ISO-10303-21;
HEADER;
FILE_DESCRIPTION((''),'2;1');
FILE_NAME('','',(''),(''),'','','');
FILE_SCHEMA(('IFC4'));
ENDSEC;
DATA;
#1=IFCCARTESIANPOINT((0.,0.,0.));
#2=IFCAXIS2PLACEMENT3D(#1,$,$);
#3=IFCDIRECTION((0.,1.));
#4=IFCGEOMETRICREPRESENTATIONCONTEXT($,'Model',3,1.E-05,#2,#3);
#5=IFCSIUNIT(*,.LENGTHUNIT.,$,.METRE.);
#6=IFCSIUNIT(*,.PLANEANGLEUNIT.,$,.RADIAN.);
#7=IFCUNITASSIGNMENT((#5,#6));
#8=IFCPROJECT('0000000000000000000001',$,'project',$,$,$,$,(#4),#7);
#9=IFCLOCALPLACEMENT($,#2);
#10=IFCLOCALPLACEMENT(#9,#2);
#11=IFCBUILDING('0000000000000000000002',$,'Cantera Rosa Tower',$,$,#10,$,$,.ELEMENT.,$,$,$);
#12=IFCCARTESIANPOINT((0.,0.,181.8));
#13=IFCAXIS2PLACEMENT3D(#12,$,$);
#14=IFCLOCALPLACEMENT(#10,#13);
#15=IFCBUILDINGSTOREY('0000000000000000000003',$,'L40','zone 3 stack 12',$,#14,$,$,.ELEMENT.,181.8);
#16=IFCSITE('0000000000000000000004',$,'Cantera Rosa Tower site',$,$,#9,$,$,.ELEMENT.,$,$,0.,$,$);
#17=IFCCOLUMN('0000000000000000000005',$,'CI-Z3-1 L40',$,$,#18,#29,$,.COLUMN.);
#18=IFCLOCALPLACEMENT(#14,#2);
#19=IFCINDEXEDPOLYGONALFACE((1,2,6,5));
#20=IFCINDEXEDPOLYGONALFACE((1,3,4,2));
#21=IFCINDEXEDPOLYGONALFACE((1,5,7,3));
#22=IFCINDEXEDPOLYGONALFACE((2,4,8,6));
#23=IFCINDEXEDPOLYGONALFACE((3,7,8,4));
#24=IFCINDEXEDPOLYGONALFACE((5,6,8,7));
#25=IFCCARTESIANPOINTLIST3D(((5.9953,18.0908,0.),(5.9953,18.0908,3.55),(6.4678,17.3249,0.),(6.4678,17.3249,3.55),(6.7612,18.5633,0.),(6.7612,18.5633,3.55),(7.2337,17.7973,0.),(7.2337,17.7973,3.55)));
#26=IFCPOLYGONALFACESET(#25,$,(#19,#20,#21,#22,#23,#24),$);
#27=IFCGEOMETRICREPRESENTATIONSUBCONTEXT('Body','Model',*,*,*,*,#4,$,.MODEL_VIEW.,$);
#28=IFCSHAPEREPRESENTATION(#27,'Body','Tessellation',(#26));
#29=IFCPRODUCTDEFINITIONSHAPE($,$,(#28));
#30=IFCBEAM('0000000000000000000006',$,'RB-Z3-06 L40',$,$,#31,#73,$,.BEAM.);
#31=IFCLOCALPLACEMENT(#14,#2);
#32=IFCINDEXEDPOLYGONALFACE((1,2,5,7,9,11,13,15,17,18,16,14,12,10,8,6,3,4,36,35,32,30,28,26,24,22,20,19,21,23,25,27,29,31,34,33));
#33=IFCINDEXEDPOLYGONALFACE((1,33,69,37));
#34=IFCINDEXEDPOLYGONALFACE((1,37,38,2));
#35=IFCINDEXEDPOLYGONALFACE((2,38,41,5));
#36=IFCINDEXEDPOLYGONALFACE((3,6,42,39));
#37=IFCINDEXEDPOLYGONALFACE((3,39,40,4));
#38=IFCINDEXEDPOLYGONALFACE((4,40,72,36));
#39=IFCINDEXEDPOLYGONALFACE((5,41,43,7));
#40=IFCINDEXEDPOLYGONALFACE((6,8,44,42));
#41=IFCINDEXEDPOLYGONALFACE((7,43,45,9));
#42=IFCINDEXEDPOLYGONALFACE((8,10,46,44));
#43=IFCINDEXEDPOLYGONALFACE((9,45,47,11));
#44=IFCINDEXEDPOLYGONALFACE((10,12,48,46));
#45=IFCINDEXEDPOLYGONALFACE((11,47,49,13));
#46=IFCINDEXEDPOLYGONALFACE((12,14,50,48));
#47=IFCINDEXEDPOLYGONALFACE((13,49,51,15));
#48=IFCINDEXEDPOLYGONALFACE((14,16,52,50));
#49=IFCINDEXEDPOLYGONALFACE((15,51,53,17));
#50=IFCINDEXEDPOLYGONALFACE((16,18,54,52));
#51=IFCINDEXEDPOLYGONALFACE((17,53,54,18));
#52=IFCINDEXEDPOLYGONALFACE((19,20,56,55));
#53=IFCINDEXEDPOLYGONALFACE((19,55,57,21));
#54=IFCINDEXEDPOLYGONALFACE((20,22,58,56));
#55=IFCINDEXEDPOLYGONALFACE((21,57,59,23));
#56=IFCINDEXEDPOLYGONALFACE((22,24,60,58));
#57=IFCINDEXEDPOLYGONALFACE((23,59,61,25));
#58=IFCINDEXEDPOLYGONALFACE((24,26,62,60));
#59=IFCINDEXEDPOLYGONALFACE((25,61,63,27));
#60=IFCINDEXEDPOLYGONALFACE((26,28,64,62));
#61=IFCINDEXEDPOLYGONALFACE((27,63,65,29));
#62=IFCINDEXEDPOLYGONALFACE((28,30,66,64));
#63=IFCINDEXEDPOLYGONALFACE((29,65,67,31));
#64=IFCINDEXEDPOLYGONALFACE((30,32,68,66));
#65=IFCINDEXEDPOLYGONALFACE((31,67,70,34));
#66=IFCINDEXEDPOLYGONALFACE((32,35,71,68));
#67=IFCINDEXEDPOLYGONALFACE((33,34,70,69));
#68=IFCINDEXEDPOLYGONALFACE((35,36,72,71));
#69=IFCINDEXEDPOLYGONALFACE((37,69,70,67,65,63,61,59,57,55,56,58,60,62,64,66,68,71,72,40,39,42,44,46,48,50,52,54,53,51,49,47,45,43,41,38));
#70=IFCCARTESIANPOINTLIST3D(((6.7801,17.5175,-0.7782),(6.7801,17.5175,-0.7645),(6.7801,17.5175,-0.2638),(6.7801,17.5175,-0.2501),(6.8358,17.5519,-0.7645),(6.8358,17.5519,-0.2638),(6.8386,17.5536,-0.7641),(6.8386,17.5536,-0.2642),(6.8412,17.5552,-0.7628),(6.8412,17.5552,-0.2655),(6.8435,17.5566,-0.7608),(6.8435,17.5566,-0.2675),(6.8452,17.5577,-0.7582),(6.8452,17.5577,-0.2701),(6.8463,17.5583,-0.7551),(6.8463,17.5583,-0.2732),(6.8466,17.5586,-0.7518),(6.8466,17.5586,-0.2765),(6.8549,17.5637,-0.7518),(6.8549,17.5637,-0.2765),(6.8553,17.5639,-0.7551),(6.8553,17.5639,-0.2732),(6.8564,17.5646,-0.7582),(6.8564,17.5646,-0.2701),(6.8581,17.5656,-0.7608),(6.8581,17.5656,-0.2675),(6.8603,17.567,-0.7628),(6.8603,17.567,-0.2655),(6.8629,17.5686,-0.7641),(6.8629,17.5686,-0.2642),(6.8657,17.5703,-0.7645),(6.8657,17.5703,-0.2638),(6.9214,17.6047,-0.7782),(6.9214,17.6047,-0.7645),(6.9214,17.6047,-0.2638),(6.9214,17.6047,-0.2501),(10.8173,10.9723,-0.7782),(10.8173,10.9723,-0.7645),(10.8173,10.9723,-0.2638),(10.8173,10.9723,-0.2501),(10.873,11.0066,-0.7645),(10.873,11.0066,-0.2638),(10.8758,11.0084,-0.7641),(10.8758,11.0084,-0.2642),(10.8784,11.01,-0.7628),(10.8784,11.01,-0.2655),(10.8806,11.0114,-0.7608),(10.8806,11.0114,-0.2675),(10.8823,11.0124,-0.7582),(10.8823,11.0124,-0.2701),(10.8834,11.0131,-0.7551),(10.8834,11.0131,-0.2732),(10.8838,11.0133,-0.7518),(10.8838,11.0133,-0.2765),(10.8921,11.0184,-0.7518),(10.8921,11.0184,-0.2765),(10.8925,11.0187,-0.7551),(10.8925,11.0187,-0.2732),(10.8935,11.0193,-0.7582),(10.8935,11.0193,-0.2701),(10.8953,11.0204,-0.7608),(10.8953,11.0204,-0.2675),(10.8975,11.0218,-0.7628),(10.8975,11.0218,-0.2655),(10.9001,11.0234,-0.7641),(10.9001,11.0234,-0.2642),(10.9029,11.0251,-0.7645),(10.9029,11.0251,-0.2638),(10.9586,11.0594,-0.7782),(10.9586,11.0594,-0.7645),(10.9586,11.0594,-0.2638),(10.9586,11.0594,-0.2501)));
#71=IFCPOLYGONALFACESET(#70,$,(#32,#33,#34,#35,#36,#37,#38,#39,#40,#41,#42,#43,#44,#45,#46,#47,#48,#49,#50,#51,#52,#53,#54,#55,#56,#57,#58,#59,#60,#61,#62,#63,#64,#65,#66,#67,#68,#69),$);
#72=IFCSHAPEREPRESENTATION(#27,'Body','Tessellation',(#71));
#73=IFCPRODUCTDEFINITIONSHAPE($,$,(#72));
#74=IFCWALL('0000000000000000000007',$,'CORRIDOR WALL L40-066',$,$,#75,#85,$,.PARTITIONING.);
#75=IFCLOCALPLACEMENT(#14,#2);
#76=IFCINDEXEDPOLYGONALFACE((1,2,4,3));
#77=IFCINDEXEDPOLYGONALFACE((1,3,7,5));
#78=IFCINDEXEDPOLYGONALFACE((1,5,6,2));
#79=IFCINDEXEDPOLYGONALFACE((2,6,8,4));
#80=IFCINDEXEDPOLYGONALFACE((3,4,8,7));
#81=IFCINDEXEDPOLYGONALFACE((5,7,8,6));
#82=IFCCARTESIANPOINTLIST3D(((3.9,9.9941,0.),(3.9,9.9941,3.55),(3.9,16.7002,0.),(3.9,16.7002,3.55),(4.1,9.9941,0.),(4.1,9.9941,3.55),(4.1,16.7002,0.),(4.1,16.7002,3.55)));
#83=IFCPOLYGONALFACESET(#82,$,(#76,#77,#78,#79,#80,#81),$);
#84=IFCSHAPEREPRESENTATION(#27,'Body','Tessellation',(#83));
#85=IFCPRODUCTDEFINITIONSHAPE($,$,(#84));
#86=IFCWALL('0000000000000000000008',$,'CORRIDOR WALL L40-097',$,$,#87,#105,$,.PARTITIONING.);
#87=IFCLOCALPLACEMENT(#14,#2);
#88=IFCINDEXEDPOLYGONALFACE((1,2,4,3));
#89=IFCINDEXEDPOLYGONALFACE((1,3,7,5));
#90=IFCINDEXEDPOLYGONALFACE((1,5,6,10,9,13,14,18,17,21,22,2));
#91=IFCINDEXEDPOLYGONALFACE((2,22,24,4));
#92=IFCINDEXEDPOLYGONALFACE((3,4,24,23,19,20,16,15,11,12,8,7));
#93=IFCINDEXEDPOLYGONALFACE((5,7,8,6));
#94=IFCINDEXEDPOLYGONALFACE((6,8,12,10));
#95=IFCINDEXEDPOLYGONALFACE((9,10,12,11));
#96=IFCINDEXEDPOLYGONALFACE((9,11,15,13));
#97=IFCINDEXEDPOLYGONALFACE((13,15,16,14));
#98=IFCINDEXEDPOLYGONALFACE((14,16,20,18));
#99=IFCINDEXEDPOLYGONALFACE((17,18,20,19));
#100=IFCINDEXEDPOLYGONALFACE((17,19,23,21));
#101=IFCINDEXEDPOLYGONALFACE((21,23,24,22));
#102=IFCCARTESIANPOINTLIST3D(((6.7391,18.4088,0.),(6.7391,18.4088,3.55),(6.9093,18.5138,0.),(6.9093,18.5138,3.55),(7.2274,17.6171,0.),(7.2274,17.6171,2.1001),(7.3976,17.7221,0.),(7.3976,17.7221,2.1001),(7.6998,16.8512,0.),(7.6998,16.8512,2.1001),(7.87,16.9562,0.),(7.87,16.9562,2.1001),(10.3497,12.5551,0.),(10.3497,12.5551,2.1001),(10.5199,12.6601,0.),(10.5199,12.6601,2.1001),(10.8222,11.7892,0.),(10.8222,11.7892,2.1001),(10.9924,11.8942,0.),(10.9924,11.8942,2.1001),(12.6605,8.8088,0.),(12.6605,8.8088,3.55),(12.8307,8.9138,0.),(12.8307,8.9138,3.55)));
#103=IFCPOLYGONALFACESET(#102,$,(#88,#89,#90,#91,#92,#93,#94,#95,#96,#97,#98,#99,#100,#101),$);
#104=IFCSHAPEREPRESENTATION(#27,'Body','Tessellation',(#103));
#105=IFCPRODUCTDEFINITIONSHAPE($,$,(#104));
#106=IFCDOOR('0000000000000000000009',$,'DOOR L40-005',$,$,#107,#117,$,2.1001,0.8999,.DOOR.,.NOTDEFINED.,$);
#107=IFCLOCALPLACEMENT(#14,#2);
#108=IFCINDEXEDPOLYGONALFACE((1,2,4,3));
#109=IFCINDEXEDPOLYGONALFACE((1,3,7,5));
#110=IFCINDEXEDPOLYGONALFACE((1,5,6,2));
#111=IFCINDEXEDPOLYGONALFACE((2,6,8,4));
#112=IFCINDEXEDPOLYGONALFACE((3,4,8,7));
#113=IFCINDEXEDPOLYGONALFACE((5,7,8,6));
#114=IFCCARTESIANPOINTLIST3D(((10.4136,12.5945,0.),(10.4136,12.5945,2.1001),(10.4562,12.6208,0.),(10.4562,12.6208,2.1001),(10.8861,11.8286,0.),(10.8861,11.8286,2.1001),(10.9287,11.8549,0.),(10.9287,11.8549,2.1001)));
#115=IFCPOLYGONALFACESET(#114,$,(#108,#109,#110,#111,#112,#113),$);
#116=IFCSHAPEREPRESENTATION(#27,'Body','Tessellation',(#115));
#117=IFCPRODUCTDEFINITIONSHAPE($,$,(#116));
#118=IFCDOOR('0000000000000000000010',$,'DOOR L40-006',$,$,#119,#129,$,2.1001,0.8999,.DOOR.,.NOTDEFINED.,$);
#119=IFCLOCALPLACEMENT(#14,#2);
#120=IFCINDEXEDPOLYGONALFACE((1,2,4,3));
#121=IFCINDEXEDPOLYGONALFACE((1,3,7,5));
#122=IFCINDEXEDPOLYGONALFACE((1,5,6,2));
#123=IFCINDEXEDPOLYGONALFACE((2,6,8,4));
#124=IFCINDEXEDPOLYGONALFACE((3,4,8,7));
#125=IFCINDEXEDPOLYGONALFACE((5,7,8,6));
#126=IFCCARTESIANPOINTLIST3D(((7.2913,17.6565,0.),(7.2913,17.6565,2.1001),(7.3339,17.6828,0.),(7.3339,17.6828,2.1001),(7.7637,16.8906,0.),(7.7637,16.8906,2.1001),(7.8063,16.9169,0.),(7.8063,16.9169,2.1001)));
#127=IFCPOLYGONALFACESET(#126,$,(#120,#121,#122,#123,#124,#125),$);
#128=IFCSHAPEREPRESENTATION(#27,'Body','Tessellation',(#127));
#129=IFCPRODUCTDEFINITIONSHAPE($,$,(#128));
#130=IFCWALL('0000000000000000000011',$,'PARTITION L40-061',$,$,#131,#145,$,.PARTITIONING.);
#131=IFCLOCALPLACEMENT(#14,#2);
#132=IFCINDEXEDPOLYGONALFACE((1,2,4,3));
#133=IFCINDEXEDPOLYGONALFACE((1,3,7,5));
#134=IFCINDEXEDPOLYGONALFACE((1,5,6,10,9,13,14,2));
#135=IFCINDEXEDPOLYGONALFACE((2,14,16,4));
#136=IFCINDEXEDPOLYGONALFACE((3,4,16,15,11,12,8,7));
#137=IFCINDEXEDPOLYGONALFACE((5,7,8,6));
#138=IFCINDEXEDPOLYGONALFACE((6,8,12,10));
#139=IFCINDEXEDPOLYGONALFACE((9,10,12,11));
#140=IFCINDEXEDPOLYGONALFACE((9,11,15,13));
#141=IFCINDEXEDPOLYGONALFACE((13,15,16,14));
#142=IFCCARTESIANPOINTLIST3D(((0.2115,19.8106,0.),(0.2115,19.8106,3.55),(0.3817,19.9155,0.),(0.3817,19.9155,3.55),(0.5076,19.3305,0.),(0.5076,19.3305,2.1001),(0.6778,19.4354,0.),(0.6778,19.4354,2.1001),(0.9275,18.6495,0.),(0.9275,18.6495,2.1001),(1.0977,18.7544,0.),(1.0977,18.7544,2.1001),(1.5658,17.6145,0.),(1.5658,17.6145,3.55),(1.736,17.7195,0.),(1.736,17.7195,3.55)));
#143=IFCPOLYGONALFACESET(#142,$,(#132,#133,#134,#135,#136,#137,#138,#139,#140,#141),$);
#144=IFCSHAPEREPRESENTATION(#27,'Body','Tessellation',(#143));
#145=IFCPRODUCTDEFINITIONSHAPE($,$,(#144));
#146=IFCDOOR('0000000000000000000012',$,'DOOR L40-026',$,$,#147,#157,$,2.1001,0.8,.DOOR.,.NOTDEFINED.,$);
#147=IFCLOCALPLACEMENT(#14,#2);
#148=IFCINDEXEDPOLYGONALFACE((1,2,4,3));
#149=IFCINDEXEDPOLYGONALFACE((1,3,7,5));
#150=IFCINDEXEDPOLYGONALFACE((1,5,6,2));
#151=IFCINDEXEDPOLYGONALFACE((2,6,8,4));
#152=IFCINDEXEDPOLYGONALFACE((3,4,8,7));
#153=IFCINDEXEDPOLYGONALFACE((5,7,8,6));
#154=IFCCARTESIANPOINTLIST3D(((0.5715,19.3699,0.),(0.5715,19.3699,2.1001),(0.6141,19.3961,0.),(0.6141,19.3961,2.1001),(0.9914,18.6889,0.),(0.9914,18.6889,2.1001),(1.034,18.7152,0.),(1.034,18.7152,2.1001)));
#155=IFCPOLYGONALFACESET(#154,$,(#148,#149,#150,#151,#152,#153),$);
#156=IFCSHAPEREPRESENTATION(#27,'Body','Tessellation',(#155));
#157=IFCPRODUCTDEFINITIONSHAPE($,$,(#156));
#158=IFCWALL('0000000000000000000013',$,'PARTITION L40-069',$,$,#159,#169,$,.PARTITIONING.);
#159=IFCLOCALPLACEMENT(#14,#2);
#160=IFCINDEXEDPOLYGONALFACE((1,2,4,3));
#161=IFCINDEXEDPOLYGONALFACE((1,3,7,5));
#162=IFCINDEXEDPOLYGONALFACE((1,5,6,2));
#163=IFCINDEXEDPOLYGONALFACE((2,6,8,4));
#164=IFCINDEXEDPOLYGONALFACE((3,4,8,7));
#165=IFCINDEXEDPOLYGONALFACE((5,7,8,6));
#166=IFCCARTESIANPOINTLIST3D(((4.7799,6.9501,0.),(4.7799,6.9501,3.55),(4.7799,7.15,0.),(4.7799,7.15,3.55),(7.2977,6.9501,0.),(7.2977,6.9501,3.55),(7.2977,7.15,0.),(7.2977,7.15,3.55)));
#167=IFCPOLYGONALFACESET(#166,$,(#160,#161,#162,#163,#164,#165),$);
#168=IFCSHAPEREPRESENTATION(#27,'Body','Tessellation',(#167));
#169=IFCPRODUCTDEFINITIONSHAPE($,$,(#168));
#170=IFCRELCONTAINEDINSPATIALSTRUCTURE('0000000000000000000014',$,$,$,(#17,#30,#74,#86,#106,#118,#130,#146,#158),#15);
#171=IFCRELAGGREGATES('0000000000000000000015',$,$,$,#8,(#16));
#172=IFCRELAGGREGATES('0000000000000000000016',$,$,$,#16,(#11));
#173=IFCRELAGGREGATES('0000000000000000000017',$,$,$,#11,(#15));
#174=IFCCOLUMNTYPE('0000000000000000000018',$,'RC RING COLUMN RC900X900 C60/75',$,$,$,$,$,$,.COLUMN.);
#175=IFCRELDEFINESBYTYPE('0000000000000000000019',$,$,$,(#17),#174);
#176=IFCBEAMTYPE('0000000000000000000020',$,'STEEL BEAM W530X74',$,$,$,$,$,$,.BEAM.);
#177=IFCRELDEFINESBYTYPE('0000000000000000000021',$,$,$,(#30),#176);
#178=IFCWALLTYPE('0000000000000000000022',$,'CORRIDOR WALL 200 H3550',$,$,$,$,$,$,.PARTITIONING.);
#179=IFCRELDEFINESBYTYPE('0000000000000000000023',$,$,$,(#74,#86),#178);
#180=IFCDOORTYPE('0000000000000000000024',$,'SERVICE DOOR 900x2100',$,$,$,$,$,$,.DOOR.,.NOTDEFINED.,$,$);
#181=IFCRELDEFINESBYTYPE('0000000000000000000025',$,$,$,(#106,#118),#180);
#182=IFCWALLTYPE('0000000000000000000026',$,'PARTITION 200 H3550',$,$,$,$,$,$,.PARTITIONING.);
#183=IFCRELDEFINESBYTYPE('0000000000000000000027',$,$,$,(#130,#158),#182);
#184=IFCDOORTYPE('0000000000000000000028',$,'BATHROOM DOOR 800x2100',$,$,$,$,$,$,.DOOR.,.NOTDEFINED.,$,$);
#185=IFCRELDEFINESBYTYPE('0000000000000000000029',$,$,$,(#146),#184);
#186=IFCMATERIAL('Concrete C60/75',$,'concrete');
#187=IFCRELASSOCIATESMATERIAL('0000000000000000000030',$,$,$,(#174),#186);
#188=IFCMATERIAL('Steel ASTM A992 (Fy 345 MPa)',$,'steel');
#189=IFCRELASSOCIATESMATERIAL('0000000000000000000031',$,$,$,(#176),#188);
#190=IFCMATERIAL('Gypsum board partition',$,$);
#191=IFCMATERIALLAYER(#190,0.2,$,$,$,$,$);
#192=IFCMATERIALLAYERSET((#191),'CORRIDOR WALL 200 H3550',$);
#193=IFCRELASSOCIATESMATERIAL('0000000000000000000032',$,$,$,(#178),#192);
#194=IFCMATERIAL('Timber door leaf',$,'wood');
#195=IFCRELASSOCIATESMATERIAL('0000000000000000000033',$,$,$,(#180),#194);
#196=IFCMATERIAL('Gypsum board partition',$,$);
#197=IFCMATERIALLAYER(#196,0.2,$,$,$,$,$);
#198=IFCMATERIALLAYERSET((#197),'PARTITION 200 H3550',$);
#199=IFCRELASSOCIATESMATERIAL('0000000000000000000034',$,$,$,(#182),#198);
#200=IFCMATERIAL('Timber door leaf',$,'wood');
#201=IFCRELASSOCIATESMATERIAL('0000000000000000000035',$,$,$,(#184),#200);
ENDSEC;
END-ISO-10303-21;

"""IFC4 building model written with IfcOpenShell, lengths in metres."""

from ifc_helpers import new_model, si_unit, direction, frame, frame_2d, origin, origin_2d, place, context, subcontext, project, spatial, rectangle, i_section, extrude, material, layer, layer_set, material_profile, profile_set, type_object, element, fill, save


model = new_model("IFC4")

# Units and contexts
model_context = context("Model", 3, precision=1e-05, world=origin(), true_north=direction((0.0, 1.0)))
body_context = subcontext(model_context, "Body", "Model", "MODEL_VIEW")
ifc_project = project(units=[si_unit("LENGTHUNIT", "METRE"), si_unit("PLANEANGLEUNIT", "RADIAN")], contexts=[model_context])

# Site, building, storey
site_placement = place(None, origin())
site = spatial("IfcSite", under=ifc_project, at=site_placement, Name="Cantera Rosa Tower site", CompositionType="ELEMENT", RefElevation=0.0)
building_placement = place(site_placement, origin())
building = spatial("IfcBuilding", under=site, at=building_placement, Name="Cantera Rosa Tower", CompositionType="ELEMENT")
storey_placement = place(building_placement, frame((0.0, 0.0, 181.8)))
storey = spatial("IfcBuildingStorey", under=building, at=storey_placement, Name="L40", Description="zone 3 stack 12", CompositionType="ELEMENT", Elevation=181.8)

# Column
ifc_material_1 = material(Name="Concrete C60/75", Category="concrete")
ifc_material_profile_1 = material_profile(ifc_material_1, rectangle(XDim=0.8999, YDim=0.8999, at=origin_2d()), Name="RC RING COLUMN RC900X900 C60/75")
ifc_profile_set_1 = profile_set([ifc_material_profile_1], Name="Concrete C60/75")
column_type = type_object("IfcColumnType", Name="RC RING COLUMN RC900X900 C60/75", PredefinedType="COLUMN", material=ifc_profile_set_1)
column_placement = place(storey_placement, frame((6.6145, 17.9441, 0.0), z_axis=(0.0, 0.0, 1.0), x_axis=(0.851117, 0.524977, 0.0)))
element("IfcColumn", 1, at=column_placement, inside=storey, type_object=column_type, Name="CI-Z3-1 L40", PredefinedType="COLUMN", context=body_context, shape_type="SweptSolid", body=[
    extrude(rectangle(XDim=0.8999, YDim=0.8999, at=origin_2d()), origin(), (0.0, 0.0, 1.0), 3.55),
])

# Beam
ifc_material_2 = material(Name="Steel ASTM A992 (Fy 345 MPa)", Category="steel")
ifc_material_profile_2 = material_profile(ifc_material_2, i_section(OverallWidth=0.166, OverallDepth=0.5281, WebThickness=0.0098, FlangeThickness=0.0137, FilletRadius=0.0127, at=origin_2d()), Name="W530X74")
ifc_profile_set_2 = profile_set([ifc_material_profile_2], Name="Steel ASTM A992 (Fy 345 MPa)")
beam_type = type_object("IfcBeamType", Name="STEEL BEAM W530X74", PredefinedType="BEAM", material=ifc_profile_set_2)
beam_placement = place(storey_placement, frame((10.8879, 11.0159, -0.5142), z_axis=(-0.524976, 0.851117, 0.0), x_axis=(-0.851117, -0.524976, 0.0)))
element("IfcBeam", 2, at=beam_placement, inside=storey, type_object=beam_type, Name="RB-Z3-06 L40", PredefinedType="BEAM", context=body_context, shape_type="SweptSolid", body=[
    extrude(i_section(OverallWidth=0.166, OverallDepth=0.5281, WebThickness=0.0098, FlangeThickness=0.0137, FilletRadius=0.0127, at=origin_2d()), origin(), (0.0, 0.0, 1.0), 7.6902),
])

# Wall
ifc_material_3 = material(Name="Gypsum board partition")
ifc_layer_1 = layer(ifc_material_3, 0.2)
ifc_layer_set_1 = layer_set([ifc_layer_1], Name="CORRIDOR WALL 200 H3550")
wall_type_1 = type_object("IfcWallType", Name="CORRIDOR WALL 200 H3550", PredefinedType="PARTITIONING", material=ifc_layer_set_1)
wall_1_placement = place(storey_placement, frame((4.0, 9.9941, 0.0), z_axis=(0.0, 0.0, 1.0), x_axis=(0.0, 1.0, 0.0)))
element("IfcWall", 3, at=wall_1_placement, inside=storey, type_object=wall_type_1, Name="CORRIDOR WALL L40-066", PredefinedType="PARTITIONING", context=body_context, shape_type="SweptSolid", body=[
    extrude(rectangle(XDim=6.7061, YDim=0.2, at=frame_2d((3.353, 0.0))), origin(), (0.0, 0.0, 1.0), 3.55),
])

# Wall, openings, doors
wall_2_placement = place(storey_placement, frame((12.7456, 8.8613, 0.0), z_axis=(0.0, 0.0, 1.0), x_axis=(-0.524984, 0.851112, 0.0)))
wall_2 = element("IfcWall", 4, at=wall_2_placement, inside=storey, type_object=wall_type_1, Name="CORRIDOR WALL L40-097", PredefinedType="PARTITIONING", context=body_context, shape_type="SweptSolid", body=[
    extrude(rectangle(XDim=11.2793, YDim=0.2, at=frame_2d((5.6396, 0.0))), origin(), (0.0, 0.0, 1.0), 3.55),
])
opening_1_placement = place(wall_2_placement, frame((3.5017, 0.0, 0.0)))
opening_1 = element("IfcOpeningElement", 5, at=opening_1_placement, cuts=wall_2, PredefinedType="OPENING", context=body_context, shape_type="SweptSolid", body=[
    extrude(rectangle(XDim=0.8999, YDim=2.1001, at=frame_2d((0.45, 1.05))), frame((0.0, 0.1099, 0.0), z_axis=(0.0, -1.0, 0.0), x_axis=(1.0, 0.0, 0.0)), (0.0, 0.0, 1.0), 0.22),
])
opening_2_placement = place(wall_2_placement, frame((9.4492, 0.0, 0.0)))
opening_2 = element("IfcOpeningElement", 6, at=opening_2_placement, cuts=wall_2, PredefinedType="OPENING", context=body_context, shape_type="SweptSolid", body=[
    extrude(rectangle(XDim=0.8999, YDim=2.1001, at=frame_2d((0.45, 1.05))), frame((0.0, 0.1099, 0.0), z_axis=(0.0, -1.0, 0.0), x_axis=(1.0, 0.0, 0.0)), (0.0, 0.0, 1.0), 0.22),
])
ifc_material_4 = material(Name="Timber door leaf", Category="wood")
door_type_1 = type_object("IfcDoorType", Name="SERVICE DOOR 900x2100", OperationType="NOTDEFINED", PredefinedType="DOOR", material=ifc_material_4)
door_1_placement = place(opening_1_placement, origin())
door_1 = element("IfcDoor", 7, at=door_1_placement, inside=storey, type_object=door_type_1, Name="DOOR L40-005", OperationType="NOTDEFINED", OverallHeight=2.1001, OverallWidth=0.8999, PredefinedType="DOOR", context=body_context, shape_type="SweptSolid", body=[
    extrude(rectangle(XDim=0.8999, YDim=2.1001, at=frame_2d((0.45, 1.05))), frame((0.0, 0.0249, 0.0), z_axis=(0.0, -1.0, 0.0), x_axis=(1.0, 0.0, 0.0)), (0.0, 0.0, 1.0), 0.05),
])
fill(opening_1, door_1)
door_2_placement = place(opening_2_placement, origin())
door_2 = element("IfcDoor", 8, at=door_2_placement, inside=storey, type_object=door_type_1, Name="DOOR L40-006", OperationType="NOTDEFINED", OverallHeight=2.1001, OverallWidth=0.8999, PredefinedType="DOOR", context=body_context, shape_type="SweptSolid", body=[
    extrude(rectangle(XDim=0.8999, YDim=2.1001, at=frame_2d((0.45, 1.05))), frame((0.0, 0.0249, 0.0), z_axis=(0.0, -1.0, 0.0), x_axis=(1.0, 0.0, 0.0)), (0.0, 0.0, 1.0), 0.05),
])
fill(opening_2, door_2)

# Wall, opening, door
ifc_material_5 = material(Name="Gypsum board partition")
ifc_layer_2 = layer(ifc_material_5, 0.2)
ifc_layer_set_2 = layer_set([ifc_layer_2], Name="PARTITION 200 H3550")
wall_type_2 = type_object("IfcWallType", Name="PARTITION 200 H3550", PredefinedType="PARTITIONING", material=ifc_layer_set_2)
wall_3_placement = place(storey_placement, frame((1.6509, 17.667, 0.0), z_axis=(0.0, 0.0, 1.0), x_axis=(-0.524894, 0.851167, 0.0)))
wall_3 = element("IfcWall", 9, at=wall_3_placement, inside=storey, type_object=wall_type_2, Name="PARTITION L40-061", PredefinedType="PARTITIONING", context=body_context, shape_type="SweptSolid", body=[
    extrude(rectangle(XDim=2.5801, YDim=0.2, at=frame_2d((1.29, 0.0))), origin(), (0.0, 0.0, 1.0), 3.55),
])
opening_3_placement = place(wall_3_placement, frame((1.2161, 0.0, 0.0)))
opening_3 = element("IfcOpeningElement", 10, at=opening_3_placement, cuts=wall_3, PredefinedType="OPENING", context=body_context, shape_type="SweptSolid", body=[
    extrude(rectangle(XDim=0.8, YDim=2.1001, at=frame_2d((0.3999, 1.05))), frame((0.0, 0.1099, 0.0), z_axis=(0.0, -1.0, 0.0), x_axis=(1.0, 0.0, 0.0)), (0.0, 0.0, 1.0), 0.22),
])
ifc_material_6 = material(Name="Timber door leaf", Category="wood")
door_type_2 = type_object("IfcDoorType", Name="BATHROOM DOOR 800x2100", OperationType="NOTDEFINED", PredefinedType="DOOR", material=ifc_material_6)
door_3_placement = place(opening_3_placement, origin())
door_3 = element("IfcDoor", 11, at=door_3_placement, inside=storey, type_object=door_type_2, Name="DOOR L40-026", OperationType="NOTDEFINED", OverallHeight=2.1001, OverallWidth=0.8, PredefinedType="DOOR", context=body_context, shape_type="SweptSolid", body=[
    extrude(rectangle(XDim=0.8, YDim=2.1001, at=frame_2d((0.3999, 1.05))), frame((0.0, 0.0249, 0.0), z_axis=(0.0, -1.0, 0.0), x_axis=(1.0, 0.0, 0.0)), (0.0, 0.0, 1.0), 0.05),
])
fill(opening_3, door_3)

# Wall
wall_4_placement = place(storey_placement, frame((4.78, 7.05, 0.0), z_axis=(0.0, 0.0, 1.0), x_axis=(1.0, 0.0, 0.0)))
element("IfcWall", 12, at=wall_4_placement, inside=storey, type_object=wall_type_2, Name="PARTITION L40-069", PredefinedType="PARTITIONING", context=body_context, shape_type="SweptSolid", body=[
    extrude(rectangle(XDim=2.5178, YDim=0.2, at=frame_2d((1.2588, 0.0))), origin(), (0.0, 0.0, 1.0), 3.55),
])

save(model, "model.ifc")
